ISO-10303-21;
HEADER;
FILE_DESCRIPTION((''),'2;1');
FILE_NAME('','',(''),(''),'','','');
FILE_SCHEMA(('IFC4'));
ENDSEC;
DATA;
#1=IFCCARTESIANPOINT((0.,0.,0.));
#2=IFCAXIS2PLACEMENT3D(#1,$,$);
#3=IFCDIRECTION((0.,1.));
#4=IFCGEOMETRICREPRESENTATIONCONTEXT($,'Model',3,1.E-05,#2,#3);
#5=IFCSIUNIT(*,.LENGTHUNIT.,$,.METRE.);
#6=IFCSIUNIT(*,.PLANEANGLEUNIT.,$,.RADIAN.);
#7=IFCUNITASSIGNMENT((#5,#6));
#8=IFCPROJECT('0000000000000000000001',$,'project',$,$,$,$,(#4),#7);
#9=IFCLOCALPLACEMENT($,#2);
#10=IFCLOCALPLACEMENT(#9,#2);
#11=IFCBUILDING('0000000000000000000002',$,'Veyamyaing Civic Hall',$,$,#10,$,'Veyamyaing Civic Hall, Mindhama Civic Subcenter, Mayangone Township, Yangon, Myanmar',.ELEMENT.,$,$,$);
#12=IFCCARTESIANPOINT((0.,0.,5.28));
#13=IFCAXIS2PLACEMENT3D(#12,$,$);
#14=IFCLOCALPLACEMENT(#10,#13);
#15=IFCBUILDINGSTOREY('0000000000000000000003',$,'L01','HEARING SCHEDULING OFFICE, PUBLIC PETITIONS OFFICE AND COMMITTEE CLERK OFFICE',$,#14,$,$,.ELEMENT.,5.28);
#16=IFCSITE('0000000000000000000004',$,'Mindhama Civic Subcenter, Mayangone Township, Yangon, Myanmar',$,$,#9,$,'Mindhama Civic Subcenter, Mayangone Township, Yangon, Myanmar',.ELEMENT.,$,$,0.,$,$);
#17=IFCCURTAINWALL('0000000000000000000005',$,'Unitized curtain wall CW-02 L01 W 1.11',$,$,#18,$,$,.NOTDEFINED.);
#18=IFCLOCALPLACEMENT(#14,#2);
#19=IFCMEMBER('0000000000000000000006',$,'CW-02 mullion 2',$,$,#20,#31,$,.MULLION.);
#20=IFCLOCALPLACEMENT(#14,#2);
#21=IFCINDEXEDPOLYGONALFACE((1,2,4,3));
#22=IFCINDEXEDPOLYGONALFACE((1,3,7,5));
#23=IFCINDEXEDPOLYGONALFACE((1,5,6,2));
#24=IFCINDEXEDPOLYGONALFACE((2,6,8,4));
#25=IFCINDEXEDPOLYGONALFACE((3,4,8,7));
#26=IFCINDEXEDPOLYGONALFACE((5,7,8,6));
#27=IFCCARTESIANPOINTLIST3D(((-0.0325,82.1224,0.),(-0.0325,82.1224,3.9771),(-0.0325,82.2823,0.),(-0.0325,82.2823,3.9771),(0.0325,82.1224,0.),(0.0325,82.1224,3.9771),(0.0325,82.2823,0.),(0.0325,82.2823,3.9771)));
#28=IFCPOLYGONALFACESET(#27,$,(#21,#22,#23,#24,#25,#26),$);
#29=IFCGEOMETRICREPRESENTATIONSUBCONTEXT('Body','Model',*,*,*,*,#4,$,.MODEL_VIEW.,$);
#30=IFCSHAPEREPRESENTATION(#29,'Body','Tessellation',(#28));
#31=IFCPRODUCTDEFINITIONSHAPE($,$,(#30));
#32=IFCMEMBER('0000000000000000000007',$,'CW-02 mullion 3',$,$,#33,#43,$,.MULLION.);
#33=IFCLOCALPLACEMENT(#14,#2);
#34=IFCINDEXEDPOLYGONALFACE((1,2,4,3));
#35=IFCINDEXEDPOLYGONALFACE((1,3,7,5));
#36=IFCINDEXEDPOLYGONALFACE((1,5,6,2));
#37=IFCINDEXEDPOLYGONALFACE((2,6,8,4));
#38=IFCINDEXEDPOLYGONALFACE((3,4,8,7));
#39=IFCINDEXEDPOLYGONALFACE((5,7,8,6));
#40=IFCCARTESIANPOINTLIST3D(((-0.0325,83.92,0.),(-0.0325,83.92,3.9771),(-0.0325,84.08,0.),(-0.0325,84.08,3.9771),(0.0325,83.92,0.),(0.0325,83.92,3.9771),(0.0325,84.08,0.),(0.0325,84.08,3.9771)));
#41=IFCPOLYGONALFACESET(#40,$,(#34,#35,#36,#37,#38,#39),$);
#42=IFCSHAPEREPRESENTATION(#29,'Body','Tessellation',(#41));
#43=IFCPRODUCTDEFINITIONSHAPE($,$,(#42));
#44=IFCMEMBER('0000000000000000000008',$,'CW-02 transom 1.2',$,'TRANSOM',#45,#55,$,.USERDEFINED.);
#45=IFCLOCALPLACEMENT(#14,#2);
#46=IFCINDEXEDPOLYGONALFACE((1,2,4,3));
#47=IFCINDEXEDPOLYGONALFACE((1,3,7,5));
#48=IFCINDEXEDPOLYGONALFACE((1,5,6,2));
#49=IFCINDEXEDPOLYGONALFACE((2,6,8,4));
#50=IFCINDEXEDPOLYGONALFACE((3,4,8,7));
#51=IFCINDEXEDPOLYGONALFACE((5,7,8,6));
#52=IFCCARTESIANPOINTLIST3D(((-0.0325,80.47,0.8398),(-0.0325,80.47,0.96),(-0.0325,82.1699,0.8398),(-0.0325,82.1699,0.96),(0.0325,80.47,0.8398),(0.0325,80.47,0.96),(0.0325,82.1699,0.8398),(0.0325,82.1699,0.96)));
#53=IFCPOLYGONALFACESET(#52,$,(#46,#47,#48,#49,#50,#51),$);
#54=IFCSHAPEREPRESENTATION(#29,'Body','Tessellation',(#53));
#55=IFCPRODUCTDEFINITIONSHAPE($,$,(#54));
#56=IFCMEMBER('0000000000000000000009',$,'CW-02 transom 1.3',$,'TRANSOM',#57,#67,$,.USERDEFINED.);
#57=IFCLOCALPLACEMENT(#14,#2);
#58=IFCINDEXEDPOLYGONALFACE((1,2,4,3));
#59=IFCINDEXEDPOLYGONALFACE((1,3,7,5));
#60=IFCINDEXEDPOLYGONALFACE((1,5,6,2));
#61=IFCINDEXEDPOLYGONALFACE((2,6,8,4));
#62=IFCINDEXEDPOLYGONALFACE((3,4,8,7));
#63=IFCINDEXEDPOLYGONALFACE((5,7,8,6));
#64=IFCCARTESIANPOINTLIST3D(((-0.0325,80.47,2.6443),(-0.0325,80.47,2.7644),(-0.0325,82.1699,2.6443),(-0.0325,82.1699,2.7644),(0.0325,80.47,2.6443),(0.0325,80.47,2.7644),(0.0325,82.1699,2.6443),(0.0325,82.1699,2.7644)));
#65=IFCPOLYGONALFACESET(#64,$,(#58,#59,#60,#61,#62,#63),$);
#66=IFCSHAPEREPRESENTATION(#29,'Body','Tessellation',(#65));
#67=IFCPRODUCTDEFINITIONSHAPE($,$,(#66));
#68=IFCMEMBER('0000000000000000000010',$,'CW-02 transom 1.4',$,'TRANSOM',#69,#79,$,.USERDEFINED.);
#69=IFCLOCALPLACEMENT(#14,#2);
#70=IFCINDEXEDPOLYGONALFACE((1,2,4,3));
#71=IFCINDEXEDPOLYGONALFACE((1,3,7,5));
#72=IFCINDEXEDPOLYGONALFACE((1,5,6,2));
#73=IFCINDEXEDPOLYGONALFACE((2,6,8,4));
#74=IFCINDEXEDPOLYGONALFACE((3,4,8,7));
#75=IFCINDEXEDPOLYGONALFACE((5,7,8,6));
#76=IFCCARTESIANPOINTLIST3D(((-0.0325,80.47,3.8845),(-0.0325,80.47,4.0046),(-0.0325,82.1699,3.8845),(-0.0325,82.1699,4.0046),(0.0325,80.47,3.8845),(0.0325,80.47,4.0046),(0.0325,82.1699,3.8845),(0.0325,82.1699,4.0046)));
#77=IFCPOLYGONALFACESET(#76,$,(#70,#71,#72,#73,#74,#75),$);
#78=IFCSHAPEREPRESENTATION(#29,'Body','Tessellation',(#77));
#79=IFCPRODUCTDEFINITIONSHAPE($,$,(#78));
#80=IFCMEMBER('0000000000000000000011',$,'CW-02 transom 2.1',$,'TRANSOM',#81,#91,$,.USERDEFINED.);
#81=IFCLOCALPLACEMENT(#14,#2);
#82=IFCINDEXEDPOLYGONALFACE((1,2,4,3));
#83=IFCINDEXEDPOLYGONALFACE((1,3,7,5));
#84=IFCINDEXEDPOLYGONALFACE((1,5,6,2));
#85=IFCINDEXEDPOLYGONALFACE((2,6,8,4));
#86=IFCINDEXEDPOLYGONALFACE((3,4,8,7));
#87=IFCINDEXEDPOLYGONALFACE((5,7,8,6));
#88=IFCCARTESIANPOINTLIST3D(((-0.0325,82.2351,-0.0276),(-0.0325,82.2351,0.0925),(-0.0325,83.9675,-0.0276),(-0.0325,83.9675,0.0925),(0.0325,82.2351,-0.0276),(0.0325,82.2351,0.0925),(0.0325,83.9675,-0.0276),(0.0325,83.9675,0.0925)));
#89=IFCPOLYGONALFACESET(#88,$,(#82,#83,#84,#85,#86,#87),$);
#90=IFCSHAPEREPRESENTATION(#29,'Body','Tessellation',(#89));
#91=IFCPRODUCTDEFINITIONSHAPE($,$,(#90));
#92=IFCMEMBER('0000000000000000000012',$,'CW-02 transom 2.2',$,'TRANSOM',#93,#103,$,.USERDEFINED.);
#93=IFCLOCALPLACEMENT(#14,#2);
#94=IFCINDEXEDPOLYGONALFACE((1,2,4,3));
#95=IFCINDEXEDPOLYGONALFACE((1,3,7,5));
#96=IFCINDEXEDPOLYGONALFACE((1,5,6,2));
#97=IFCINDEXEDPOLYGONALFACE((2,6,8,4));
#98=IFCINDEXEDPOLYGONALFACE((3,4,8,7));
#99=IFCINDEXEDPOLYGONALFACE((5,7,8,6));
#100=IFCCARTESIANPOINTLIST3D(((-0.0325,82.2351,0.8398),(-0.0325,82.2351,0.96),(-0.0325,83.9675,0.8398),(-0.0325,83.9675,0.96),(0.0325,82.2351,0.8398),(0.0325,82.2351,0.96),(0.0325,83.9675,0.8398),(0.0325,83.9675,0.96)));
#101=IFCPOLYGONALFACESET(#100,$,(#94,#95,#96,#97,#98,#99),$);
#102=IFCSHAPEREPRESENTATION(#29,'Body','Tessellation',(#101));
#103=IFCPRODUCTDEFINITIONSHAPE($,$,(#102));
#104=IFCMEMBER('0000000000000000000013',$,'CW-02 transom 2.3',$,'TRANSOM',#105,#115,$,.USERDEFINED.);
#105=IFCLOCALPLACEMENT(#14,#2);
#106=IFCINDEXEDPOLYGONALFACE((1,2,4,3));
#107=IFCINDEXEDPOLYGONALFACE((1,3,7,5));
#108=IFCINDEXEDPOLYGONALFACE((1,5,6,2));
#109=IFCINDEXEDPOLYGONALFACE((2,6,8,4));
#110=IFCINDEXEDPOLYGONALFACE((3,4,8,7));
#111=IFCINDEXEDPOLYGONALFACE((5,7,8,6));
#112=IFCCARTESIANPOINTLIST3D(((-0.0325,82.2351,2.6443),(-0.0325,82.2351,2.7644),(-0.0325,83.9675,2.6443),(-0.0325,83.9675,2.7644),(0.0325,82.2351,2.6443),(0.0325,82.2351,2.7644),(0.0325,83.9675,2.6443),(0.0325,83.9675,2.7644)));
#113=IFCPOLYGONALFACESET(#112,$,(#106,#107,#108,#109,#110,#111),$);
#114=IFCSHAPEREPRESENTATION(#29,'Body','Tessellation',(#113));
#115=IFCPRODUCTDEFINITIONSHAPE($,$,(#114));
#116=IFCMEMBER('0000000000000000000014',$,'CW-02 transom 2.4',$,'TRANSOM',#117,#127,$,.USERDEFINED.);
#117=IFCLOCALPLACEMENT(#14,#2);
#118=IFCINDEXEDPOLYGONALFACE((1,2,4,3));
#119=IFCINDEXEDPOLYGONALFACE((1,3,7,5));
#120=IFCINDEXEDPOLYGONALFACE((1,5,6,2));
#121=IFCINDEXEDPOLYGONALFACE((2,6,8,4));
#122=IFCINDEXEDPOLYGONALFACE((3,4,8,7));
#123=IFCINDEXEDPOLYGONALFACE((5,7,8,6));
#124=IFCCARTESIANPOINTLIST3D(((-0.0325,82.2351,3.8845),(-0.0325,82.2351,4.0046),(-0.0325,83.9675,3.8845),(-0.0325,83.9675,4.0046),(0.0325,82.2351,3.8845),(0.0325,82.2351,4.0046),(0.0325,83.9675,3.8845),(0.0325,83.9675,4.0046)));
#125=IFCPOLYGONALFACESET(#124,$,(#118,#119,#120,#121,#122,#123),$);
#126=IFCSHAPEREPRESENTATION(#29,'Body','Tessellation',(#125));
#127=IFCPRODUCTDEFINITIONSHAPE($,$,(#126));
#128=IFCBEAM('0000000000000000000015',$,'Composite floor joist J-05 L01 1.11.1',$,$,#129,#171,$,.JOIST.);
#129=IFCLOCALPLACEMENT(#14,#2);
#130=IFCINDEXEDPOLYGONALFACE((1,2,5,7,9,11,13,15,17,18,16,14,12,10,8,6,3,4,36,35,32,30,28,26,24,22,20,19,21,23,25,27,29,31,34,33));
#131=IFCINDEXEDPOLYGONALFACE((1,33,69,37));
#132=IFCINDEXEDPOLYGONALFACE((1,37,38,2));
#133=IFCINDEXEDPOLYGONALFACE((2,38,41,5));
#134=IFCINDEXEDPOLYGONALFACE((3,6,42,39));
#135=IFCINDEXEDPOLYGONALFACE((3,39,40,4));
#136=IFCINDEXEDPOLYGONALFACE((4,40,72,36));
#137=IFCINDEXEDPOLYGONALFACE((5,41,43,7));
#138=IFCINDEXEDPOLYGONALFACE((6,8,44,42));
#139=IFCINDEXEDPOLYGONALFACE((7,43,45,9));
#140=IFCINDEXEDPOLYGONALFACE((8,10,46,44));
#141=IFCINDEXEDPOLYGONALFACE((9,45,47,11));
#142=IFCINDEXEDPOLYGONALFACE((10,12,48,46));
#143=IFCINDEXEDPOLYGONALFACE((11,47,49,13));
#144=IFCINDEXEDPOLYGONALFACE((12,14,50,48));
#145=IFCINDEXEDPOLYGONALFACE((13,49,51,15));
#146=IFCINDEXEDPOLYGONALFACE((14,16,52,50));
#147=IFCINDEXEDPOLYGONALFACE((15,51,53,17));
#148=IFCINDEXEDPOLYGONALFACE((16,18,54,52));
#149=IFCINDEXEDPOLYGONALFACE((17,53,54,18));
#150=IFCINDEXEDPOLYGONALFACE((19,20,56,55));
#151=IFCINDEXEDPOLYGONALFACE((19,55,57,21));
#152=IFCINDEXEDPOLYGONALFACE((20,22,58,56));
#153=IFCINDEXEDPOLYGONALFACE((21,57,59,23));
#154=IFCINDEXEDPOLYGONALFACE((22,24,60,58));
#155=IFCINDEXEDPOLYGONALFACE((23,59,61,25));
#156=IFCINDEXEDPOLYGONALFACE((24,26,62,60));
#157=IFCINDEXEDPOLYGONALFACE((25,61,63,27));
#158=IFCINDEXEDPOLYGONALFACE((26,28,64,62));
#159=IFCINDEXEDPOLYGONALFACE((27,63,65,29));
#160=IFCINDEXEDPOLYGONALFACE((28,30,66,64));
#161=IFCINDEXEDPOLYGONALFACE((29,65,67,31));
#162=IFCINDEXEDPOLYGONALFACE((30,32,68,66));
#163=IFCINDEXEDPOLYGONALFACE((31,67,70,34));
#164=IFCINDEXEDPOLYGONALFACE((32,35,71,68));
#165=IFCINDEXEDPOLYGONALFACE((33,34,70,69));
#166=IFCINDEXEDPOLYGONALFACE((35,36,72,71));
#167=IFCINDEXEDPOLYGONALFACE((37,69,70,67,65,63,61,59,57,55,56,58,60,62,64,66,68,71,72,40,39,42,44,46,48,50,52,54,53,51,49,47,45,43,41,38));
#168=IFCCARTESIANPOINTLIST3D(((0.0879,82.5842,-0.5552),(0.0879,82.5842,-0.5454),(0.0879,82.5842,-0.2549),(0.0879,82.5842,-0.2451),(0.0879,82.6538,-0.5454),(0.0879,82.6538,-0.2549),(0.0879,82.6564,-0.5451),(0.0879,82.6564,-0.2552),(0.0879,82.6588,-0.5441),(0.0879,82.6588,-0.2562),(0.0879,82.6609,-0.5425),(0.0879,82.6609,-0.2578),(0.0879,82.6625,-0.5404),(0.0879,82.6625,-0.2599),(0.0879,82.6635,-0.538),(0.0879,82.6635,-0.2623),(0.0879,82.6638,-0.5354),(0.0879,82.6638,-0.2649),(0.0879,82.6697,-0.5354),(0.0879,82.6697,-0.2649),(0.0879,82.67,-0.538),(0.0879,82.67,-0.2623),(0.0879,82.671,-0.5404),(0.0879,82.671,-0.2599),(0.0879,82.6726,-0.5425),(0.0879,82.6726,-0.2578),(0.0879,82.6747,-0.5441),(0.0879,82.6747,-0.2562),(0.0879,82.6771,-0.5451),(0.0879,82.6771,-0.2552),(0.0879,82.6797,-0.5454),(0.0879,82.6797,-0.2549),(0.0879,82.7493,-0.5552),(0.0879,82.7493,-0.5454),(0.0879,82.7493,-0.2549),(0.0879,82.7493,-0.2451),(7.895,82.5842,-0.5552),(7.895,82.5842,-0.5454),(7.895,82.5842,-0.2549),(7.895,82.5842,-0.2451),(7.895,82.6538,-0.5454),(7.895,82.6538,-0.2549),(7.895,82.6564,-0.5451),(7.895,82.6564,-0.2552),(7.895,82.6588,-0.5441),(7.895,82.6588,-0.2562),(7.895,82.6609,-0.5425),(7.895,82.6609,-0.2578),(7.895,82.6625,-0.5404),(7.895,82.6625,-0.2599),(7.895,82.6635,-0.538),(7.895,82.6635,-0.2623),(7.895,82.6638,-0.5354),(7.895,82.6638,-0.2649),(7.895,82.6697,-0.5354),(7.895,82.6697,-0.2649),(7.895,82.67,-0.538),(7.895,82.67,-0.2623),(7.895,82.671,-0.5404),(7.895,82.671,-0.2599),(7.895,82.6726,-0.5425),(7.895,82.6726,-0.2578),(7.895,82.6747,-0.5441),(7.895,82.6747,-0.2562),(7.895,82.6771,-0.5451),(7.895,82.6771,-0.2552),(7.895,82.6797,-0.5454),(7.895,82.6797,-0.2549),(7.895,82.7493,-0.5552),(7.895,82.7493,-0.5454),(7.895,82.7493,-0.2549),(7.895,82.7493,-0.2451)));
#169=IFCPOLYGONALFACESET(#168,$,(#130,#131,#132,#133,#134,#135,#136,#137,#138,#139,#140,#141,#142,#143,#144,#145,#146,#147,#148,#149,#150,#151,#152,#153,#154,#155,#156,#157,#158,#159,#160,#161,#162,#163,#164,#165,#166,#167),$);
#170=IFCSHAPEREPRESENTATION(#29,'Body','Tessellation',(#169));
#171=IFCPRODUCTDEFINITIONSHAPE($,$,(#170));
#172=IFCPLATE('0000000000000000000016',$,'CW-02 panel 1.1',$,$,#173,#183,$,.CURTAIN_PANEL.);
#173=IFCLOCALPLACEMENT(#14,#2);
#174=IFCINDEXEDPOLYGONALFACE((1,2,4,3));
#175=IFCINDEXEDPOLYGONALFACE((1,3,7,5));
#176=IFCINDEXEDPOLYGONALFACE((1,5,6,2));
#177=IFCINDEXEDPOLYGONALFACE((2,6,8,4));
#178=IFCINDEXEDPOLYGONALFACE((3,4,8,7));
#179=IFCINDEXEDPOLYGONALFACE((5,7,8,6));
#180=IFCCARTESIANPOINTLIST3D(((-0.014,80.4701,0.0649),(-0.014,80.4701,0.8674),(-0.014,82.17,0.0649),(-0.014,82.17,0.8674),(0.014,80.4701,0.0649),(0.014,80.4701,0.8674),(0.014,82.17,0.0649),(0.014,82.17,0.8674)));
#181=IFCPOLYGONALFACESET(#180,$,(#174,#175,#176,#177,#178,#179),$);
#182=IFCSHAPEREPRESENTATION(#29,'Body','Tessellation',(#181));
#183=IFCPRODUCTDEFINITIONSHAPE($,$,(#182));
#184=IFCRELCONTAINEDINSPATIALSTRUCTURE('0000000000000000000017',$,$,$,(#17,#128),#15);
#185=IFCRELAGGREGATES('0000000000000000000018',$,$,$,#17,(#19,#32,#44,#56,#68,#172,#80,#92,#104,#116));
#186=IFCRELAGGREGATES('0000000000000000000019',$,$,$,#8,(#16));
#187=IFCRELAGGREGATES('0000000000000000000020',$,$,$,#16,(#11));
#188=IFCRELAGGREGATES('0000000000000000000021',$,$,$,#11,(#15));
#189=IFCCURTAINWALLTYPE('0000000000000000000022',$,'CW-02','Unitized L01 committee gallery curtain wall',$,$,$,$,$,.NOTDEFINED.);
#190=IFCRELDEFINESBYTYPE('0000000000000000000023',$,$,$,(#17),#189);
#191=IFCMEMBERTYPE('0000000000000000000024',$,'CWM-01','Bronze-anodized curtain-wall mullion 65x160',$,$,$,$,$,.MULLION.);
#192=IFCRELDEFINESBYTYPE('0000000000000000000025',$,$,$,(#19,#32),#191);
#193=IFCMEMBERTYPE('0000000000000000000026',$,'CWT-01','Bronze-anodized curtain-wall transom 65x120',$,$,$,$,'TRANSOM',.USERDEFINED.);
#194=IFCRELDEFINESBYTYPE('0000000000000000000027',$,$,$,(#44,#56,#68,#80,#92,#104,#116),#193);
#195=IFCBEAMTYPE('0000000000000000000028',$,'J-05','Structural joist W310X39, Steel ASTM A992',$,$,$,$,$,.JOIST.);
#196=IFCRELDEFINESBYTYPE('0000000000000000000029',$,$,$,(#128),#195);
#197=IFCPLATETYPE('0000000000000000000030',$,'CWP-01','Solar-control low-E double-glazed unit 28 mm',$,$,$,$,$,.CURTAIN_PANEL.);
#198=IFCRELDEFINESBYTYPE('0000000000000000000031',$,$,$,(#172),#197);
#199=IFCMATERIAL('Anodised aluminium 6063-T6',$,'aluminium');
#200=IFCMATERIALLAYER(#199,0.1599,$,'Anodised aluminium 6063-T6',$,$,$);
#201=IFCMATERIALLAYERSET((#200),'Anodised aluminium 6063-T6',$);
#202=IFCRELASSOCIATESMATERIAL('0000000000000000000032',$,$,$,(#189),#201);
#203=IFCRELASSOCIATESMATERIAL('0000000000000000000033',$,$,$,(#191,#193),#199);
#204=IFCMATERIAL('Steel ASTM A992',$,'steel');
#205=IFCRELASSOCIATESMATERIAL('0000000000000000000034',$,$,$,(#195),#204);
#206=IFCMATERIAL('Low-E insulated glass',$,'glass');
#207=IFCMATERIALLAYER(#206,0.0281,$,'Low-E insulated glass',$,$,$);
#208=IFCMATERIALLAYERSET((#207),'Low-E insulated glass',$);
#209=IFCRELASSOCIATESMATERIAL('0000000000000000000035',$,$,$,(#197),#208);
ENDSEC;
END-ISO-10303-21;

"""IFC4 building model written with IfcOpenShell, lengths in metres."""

from ifc_helpers import new_model, si_unit, direction, frame, origin, origin_2d, place, context, subcontext, project, spatial, rectangle, i_section, extrude, material, layer, layer_set, material_profile, profile_set, type_object, element, aggregate, save


model = new_model("IFC4")

# Units and contexts
model_context = context("Model", 3, precision=1e-05, world=origin(), true_north=direction((0.0, 1.0)))
body_context = subcontext(model_context, "Body", "Model", "MODEL_VIEW")
ifc_project = project(units=[si_unit("LENGTHUNIT", "METRE"), si_unit("PLANEANGLEUNIT", "RADIAN")], contexts=[model_context])

# Site, building, storey
site_placement = place(None, origin())
site = spatial("IfcSite", under=ifc_project, at=site_placement, Name="Mindhama Civic Subcenter, Mayangone Township, Yangon, Myanmar", LongName="Mindhama Civic Subcenter, Mayangone Township, Yangon, Myanmar", CompositionType="ELEMENT", RefElevation=0.0)
building_placement = place(site_placement, origin())
building = spatial("IfcBuilding", under=site, at=building_placement, Name="Veyamyaing Civic Hall", LongName="Veyamyaing Civic Hall, Mindhama Civic Subcenter, Mayangone Township, Yangon, Myanmar", CompositionType="ELEMENT")
storey_placement = place(building_placement, frame((0.0, 0.0, 5.28)))
storey = spatial("IfcBuildingStorey", under=building, at=storey_placement, Name="L01", Description="HEARING SCHEDULING OFFICE, PUBLIC PETITIONS OFFICE AND COMMITTEE CLERK OFFICE", CompositionType="ELEMENT", Elevation=5.28)

# Curtain wall, members
ifc_material_1 = material(Name="Anodised aluminium 6063-T6", Category="aluminium")
ifc_layer_1 = layer(ifc_material_1, 0.1599, Name="Anodised aluminium 6063-T6")
ifc_layer_set_1 = layer_set([ifc_layer_1], Name="Anodised aluminium 6063-T6")
curtain_wall_type = type_object("IfcCurtainWallType", Name="CW-02", Description="Unitized L01 committee gallery curtain wall", PredefinedType="NOTDEFINED", material=ifc_layer_set_1)
curtain_wall_placement = place(storey_placement, origin())
curtain_wall = element("IfcCurtainWall", 1, at=curtain_wall_placement, inside=storey, type_object=curtain_wall_type, Name="Unitized curtain wall CW-02 L01 W 1.11", PredefinedType="NOTDEFINED")
ifc_material_profile_1 = material_profile(ifc_material_1, rectangle(XDim=0.0649, YDim=0.1599, at=origin_2d()), Name="ALU-MUL-65X160")
ifc_profile_set_1 = profile_set([ifc_material_profile_1], Name="Anodised aluminium 6063-T6")
member_type_1 = type_object("IfcMemberType", Name="CWM-01", Description="Bronze-anodized curtain-wall mullion 65x160", PredefinedType="MULLION", material=ifc_profile_set_1)
member_1_placement = place(storey_placement, frame((0.0, 82.2024, 0.0), z_axis=(0.0, 0.0, 1.0), x_axis=(-1.0, 0.0, 0.0)))
member_1 = element("IfcMember", 2, at=member_1_placement, type_object=member_type_1, Name="CW-02 mullion 2", PredefinedType="MULLION", context=body_context, shape_type="SweptSolid", body=[
    extrude(rectangle(XDim=0.0649, YDim=0.1599, at=origin_2d()), origin(), (0.0, 0.0, 1.0), 3.9771),
])
member_2_placement = place(storey_placement, frame((0.0, 84.0, 0.0), z_axis=(0.0, 0.0, 1.0), x_axis=(-1.0, 0.0, 0.0)))
member_2 = element("IfcMember", 3, at=member_2_placement, type_object=member_type_1, Name="CW-02 mullion 3", PredefinedType="MULLION", context=body_context, shape_type="SweptSolid", body=[
    extrude(rectangle(XDim=0.0649, YDim=0.1599, at=origin_2d()), origin(), (0.0, 0.0, 1.0), 3.9771),
])
ifc_material_profile_2 = material_profile(ifc_material_1, rectangle(XDim=0.0649, YDim=0.1201, at=origin_2d()), Name="ALU-TRN-65X120")
ifc_profile_set_2 = profile_set([ifc_material_profile_2], Name="Anodised aluminium 6063-T6")
member_type_2 = type_object("IfcMemberType", Name="CWT-01", Description="Bronze-anodized curtain-wall transom 65x120", ElementType="TRANSOM", PredefinedType="USERDEFINED", material=ifc_profile_set_2)
member_3_placement = place(storey_placement, frame((0.0, 80.47, 0.8999), z_axis=(0.0, 1.0, 0.0), x_axis=(-1.0, 0.0, 0.0)))
member_3 = element("IfcMember", 4, at=member_3_placement, type_object=member_type_2, Name="CW-02 transom 1.2", ObjectType="TRANSOM", PredefinedType="USERDEFINED", context=body_context, shape_type="SweptSolid", body=[
    extrude(rectangle(XDim=0.0649, YDim=0.1201, at=origin_2d()), origin(), (0.0, 0.0, 1.0), 1.7),
])
member_4_placement = place(storey_placement, frame((0.0, 80.47, 2.7043), z_axis=(0.0, 1.0, 0.0), x_axis=(-1.0, 0.0, 0.0)))
member_4 = element("IfcMember", 5, at=member_4_placement, type_object=member_type_2, Name="CW-02 transom 1.3", ObjectType="TRANSOM", PredefinedType="USERDEFINED", context=body_context, shape_type="SweptSolid", body=[
    extrude(rectangle(XDim=0.0649, YDim=0.1201, at=origin_2d()), origin(), (0.0, 0.0, 1.0), 1.7),
])
member_5_placement = place(storey_placement, frame((0.0, 80.47, 3.9446), z_axis=(0.0, 1.0, 0.0), x_axis=(-1.0, 0.0, 0.0)))
member_5 = element("IfcMember", 6, at=member_5_placement, type_object=member_type_2, Name="CW-02 transom 1.4", ObjectType="TRANSOM", PredefinedType="USERDEFINED", context=body_context, shape_type="SweptSolid", body=[
    extrude(rectangle(XDim=0.0649, YDim=0.1201, at=origin_2d()), origin(), (0.0, 0.0, 1.0), 1.7),
])
member_6_placement = place(storey_placement, frame((0.0, 82.2351, 0.0325), z_axis=(0.0, 1.0, 0.0), x_axis=(-1.0, 0.0, 0.0)))
member_6 = element("IfcMember", 7, at=member_6_placement, type_object=member_type_2, Name="CW-02 transom 2.1", ObjectType="TRANSOM", PredefinedType="USERDEFINED", context=body_context, shape_type="SweptSolid", body=[
    extrude(rectangle(XDim=0.0649, YDim=0.1201, at=origin_2d()), origin(), (0.0, 0.0, 1.0), 1.7324),
])
member_7_placement = place(storey_placement, frame((0.0, 82.2351, 0.8999), z_axis=(0.0, 1.0, 0.0), x_axis=(-1.0, 0.0, 0.0)))
member_7 = element("IfcMember", 8, at=member_7_placement, type_object=member_type_2, Name="CW-02 transom 2.2", ObjectType="TRANSOM", PredefinedType="USERDEFINED", context=body_context, shape_type="SweptSolid", body=[
    extrude(rectangle(XDim=0.0649, YDim=0.1201, at=origin_2d()), origin(), (0.0, 0.0, 1.0), 1.7324),
])
member_8_placement = place(storey_placement, frame((0.0, 82.2351, 2.7043), z_axis=(0.0, 1.0, 0.0), x_axis=(-1.0, 0.0, 0.0)))
member_8 = element("IfcMember", 9, at=member_8_placement, type_object=member_type_2, Name="CW-02 transom 2.3", ObjectType="TRANSOM", PredefinedType="USERDEFINED", context=body_context, shape_type="SweptSolid", body=[
    extrude(rectangle(XDim=0.0649, YDim=0.1201, at=origin_2d()), origin(), (0.0, 0.0, 1.0), 1.7324),
])
member_9_placement = place(storey_placement, frame((0.0, 82.2351, 3.9446), z_axis=(0.0, 1.0, 0.0), x_axis=(-1.0, 0.0, 0.0)))
member_9 = element("IfcMember", 10, at=member_9_placement, type_object=member_type_2, Name="CW-02 transom 2.4", ObjectType="TRANSOM", PredefinedType="USERDEFINED", context=body_context, shape_type="SweptSolid", body=[
    extrude(rectangle(XDim=0.0649, YDim=0.1201, at=origin_2d()), origin(), (0.0, 0.0, 1.0), 1.7324),
])

# Beam
ifc_material_2 = material(Name="Steel ASTM A992", Category="steel")
ifc_material_profile_3 = material_profile(ifc_material_2, i_section(OverallWidth=0.165, OverallDepth=0.3101, WebThickness=0.0059, FlangeThickness=0.0098, FilletRadius=0.01, at=origin_2d()), Name="W310X39")
ifc_profile_set_3 = profile_set([ifc_material_profile_3], Name="Steel ASTM A992")
beam_type = type_object("IfcBeamType", Name="J-05", Description="Structural joist W310X39, Steel ASTM A992", PredefinedType="JOIST", material=ifc_profile_set_3)
beam_placement = place(storey_placement, frame((0.0879, 82.6667, -0.4001), z_axis=(1.0, 0.0, 0.0), x_axis=(0.0, 1.0, 0.0)))
element("IfcBeam", 11, at=beam_placement, inside=storey, type_object=beam_type, Name="Composite floor joist J-05 L01 1.11.1", PredefinedType="JOIST", context=body_context, shape_type="SweptSolid", body=[
    extrude(i_section(OverallWidth=0.165, OverallDepth=0.3101, WebThickness=0.0059, FlangeThickness=0.0098, FilletRadius=0.01, at=origin_2d()), origin(), (0.0, 0.0, 1.0), 7.8071),
])

# Plate
ifc_material_3 = material(Name="Low-E insulated glass", Category="glass")
ifc_layer_2 = layer(ifc_material_3, 0.0281, Name="Low-E insulated glass")
ifc_layer_set_2 = layer_set([ifc_layer_2], Name="Low-E insulated glass")
plate_type = type_object("IfcPlateType", Name="CWP-01", Description="Solar-control low-E double-glazed unit 28 mm", PredefinedType="CURTAIN_PANEL", material=ifc_layer_set_2)
plate_1_placement = place(storey_placement, frame((0.0, 81.3201, 0.0649), z_axis=(0.0, 0.0, 1.0), x_axis=(0.0, 1.0, 0.0)))
plate_1 = element("IfcPlate", 12, at=plate_1_placement, type_object=plate_type, Name="CW-02 panel 1.1", PredefinedType="CURTAIN_PANEL", context=body_context, shape_type="SweptSolid", body=[
    extrude(rectangle(XDim=1.7, YDim=0.0281, at=origin_2d()), origin(), (0.0, 0.0, 1.0), 0.8025),
])
aggregate(curtain_wall, [member_1, member_2, member_3, member_4, member_5, plate_1, member_6, member_7, member_8, member_9])

save(model, "model.ifc")
